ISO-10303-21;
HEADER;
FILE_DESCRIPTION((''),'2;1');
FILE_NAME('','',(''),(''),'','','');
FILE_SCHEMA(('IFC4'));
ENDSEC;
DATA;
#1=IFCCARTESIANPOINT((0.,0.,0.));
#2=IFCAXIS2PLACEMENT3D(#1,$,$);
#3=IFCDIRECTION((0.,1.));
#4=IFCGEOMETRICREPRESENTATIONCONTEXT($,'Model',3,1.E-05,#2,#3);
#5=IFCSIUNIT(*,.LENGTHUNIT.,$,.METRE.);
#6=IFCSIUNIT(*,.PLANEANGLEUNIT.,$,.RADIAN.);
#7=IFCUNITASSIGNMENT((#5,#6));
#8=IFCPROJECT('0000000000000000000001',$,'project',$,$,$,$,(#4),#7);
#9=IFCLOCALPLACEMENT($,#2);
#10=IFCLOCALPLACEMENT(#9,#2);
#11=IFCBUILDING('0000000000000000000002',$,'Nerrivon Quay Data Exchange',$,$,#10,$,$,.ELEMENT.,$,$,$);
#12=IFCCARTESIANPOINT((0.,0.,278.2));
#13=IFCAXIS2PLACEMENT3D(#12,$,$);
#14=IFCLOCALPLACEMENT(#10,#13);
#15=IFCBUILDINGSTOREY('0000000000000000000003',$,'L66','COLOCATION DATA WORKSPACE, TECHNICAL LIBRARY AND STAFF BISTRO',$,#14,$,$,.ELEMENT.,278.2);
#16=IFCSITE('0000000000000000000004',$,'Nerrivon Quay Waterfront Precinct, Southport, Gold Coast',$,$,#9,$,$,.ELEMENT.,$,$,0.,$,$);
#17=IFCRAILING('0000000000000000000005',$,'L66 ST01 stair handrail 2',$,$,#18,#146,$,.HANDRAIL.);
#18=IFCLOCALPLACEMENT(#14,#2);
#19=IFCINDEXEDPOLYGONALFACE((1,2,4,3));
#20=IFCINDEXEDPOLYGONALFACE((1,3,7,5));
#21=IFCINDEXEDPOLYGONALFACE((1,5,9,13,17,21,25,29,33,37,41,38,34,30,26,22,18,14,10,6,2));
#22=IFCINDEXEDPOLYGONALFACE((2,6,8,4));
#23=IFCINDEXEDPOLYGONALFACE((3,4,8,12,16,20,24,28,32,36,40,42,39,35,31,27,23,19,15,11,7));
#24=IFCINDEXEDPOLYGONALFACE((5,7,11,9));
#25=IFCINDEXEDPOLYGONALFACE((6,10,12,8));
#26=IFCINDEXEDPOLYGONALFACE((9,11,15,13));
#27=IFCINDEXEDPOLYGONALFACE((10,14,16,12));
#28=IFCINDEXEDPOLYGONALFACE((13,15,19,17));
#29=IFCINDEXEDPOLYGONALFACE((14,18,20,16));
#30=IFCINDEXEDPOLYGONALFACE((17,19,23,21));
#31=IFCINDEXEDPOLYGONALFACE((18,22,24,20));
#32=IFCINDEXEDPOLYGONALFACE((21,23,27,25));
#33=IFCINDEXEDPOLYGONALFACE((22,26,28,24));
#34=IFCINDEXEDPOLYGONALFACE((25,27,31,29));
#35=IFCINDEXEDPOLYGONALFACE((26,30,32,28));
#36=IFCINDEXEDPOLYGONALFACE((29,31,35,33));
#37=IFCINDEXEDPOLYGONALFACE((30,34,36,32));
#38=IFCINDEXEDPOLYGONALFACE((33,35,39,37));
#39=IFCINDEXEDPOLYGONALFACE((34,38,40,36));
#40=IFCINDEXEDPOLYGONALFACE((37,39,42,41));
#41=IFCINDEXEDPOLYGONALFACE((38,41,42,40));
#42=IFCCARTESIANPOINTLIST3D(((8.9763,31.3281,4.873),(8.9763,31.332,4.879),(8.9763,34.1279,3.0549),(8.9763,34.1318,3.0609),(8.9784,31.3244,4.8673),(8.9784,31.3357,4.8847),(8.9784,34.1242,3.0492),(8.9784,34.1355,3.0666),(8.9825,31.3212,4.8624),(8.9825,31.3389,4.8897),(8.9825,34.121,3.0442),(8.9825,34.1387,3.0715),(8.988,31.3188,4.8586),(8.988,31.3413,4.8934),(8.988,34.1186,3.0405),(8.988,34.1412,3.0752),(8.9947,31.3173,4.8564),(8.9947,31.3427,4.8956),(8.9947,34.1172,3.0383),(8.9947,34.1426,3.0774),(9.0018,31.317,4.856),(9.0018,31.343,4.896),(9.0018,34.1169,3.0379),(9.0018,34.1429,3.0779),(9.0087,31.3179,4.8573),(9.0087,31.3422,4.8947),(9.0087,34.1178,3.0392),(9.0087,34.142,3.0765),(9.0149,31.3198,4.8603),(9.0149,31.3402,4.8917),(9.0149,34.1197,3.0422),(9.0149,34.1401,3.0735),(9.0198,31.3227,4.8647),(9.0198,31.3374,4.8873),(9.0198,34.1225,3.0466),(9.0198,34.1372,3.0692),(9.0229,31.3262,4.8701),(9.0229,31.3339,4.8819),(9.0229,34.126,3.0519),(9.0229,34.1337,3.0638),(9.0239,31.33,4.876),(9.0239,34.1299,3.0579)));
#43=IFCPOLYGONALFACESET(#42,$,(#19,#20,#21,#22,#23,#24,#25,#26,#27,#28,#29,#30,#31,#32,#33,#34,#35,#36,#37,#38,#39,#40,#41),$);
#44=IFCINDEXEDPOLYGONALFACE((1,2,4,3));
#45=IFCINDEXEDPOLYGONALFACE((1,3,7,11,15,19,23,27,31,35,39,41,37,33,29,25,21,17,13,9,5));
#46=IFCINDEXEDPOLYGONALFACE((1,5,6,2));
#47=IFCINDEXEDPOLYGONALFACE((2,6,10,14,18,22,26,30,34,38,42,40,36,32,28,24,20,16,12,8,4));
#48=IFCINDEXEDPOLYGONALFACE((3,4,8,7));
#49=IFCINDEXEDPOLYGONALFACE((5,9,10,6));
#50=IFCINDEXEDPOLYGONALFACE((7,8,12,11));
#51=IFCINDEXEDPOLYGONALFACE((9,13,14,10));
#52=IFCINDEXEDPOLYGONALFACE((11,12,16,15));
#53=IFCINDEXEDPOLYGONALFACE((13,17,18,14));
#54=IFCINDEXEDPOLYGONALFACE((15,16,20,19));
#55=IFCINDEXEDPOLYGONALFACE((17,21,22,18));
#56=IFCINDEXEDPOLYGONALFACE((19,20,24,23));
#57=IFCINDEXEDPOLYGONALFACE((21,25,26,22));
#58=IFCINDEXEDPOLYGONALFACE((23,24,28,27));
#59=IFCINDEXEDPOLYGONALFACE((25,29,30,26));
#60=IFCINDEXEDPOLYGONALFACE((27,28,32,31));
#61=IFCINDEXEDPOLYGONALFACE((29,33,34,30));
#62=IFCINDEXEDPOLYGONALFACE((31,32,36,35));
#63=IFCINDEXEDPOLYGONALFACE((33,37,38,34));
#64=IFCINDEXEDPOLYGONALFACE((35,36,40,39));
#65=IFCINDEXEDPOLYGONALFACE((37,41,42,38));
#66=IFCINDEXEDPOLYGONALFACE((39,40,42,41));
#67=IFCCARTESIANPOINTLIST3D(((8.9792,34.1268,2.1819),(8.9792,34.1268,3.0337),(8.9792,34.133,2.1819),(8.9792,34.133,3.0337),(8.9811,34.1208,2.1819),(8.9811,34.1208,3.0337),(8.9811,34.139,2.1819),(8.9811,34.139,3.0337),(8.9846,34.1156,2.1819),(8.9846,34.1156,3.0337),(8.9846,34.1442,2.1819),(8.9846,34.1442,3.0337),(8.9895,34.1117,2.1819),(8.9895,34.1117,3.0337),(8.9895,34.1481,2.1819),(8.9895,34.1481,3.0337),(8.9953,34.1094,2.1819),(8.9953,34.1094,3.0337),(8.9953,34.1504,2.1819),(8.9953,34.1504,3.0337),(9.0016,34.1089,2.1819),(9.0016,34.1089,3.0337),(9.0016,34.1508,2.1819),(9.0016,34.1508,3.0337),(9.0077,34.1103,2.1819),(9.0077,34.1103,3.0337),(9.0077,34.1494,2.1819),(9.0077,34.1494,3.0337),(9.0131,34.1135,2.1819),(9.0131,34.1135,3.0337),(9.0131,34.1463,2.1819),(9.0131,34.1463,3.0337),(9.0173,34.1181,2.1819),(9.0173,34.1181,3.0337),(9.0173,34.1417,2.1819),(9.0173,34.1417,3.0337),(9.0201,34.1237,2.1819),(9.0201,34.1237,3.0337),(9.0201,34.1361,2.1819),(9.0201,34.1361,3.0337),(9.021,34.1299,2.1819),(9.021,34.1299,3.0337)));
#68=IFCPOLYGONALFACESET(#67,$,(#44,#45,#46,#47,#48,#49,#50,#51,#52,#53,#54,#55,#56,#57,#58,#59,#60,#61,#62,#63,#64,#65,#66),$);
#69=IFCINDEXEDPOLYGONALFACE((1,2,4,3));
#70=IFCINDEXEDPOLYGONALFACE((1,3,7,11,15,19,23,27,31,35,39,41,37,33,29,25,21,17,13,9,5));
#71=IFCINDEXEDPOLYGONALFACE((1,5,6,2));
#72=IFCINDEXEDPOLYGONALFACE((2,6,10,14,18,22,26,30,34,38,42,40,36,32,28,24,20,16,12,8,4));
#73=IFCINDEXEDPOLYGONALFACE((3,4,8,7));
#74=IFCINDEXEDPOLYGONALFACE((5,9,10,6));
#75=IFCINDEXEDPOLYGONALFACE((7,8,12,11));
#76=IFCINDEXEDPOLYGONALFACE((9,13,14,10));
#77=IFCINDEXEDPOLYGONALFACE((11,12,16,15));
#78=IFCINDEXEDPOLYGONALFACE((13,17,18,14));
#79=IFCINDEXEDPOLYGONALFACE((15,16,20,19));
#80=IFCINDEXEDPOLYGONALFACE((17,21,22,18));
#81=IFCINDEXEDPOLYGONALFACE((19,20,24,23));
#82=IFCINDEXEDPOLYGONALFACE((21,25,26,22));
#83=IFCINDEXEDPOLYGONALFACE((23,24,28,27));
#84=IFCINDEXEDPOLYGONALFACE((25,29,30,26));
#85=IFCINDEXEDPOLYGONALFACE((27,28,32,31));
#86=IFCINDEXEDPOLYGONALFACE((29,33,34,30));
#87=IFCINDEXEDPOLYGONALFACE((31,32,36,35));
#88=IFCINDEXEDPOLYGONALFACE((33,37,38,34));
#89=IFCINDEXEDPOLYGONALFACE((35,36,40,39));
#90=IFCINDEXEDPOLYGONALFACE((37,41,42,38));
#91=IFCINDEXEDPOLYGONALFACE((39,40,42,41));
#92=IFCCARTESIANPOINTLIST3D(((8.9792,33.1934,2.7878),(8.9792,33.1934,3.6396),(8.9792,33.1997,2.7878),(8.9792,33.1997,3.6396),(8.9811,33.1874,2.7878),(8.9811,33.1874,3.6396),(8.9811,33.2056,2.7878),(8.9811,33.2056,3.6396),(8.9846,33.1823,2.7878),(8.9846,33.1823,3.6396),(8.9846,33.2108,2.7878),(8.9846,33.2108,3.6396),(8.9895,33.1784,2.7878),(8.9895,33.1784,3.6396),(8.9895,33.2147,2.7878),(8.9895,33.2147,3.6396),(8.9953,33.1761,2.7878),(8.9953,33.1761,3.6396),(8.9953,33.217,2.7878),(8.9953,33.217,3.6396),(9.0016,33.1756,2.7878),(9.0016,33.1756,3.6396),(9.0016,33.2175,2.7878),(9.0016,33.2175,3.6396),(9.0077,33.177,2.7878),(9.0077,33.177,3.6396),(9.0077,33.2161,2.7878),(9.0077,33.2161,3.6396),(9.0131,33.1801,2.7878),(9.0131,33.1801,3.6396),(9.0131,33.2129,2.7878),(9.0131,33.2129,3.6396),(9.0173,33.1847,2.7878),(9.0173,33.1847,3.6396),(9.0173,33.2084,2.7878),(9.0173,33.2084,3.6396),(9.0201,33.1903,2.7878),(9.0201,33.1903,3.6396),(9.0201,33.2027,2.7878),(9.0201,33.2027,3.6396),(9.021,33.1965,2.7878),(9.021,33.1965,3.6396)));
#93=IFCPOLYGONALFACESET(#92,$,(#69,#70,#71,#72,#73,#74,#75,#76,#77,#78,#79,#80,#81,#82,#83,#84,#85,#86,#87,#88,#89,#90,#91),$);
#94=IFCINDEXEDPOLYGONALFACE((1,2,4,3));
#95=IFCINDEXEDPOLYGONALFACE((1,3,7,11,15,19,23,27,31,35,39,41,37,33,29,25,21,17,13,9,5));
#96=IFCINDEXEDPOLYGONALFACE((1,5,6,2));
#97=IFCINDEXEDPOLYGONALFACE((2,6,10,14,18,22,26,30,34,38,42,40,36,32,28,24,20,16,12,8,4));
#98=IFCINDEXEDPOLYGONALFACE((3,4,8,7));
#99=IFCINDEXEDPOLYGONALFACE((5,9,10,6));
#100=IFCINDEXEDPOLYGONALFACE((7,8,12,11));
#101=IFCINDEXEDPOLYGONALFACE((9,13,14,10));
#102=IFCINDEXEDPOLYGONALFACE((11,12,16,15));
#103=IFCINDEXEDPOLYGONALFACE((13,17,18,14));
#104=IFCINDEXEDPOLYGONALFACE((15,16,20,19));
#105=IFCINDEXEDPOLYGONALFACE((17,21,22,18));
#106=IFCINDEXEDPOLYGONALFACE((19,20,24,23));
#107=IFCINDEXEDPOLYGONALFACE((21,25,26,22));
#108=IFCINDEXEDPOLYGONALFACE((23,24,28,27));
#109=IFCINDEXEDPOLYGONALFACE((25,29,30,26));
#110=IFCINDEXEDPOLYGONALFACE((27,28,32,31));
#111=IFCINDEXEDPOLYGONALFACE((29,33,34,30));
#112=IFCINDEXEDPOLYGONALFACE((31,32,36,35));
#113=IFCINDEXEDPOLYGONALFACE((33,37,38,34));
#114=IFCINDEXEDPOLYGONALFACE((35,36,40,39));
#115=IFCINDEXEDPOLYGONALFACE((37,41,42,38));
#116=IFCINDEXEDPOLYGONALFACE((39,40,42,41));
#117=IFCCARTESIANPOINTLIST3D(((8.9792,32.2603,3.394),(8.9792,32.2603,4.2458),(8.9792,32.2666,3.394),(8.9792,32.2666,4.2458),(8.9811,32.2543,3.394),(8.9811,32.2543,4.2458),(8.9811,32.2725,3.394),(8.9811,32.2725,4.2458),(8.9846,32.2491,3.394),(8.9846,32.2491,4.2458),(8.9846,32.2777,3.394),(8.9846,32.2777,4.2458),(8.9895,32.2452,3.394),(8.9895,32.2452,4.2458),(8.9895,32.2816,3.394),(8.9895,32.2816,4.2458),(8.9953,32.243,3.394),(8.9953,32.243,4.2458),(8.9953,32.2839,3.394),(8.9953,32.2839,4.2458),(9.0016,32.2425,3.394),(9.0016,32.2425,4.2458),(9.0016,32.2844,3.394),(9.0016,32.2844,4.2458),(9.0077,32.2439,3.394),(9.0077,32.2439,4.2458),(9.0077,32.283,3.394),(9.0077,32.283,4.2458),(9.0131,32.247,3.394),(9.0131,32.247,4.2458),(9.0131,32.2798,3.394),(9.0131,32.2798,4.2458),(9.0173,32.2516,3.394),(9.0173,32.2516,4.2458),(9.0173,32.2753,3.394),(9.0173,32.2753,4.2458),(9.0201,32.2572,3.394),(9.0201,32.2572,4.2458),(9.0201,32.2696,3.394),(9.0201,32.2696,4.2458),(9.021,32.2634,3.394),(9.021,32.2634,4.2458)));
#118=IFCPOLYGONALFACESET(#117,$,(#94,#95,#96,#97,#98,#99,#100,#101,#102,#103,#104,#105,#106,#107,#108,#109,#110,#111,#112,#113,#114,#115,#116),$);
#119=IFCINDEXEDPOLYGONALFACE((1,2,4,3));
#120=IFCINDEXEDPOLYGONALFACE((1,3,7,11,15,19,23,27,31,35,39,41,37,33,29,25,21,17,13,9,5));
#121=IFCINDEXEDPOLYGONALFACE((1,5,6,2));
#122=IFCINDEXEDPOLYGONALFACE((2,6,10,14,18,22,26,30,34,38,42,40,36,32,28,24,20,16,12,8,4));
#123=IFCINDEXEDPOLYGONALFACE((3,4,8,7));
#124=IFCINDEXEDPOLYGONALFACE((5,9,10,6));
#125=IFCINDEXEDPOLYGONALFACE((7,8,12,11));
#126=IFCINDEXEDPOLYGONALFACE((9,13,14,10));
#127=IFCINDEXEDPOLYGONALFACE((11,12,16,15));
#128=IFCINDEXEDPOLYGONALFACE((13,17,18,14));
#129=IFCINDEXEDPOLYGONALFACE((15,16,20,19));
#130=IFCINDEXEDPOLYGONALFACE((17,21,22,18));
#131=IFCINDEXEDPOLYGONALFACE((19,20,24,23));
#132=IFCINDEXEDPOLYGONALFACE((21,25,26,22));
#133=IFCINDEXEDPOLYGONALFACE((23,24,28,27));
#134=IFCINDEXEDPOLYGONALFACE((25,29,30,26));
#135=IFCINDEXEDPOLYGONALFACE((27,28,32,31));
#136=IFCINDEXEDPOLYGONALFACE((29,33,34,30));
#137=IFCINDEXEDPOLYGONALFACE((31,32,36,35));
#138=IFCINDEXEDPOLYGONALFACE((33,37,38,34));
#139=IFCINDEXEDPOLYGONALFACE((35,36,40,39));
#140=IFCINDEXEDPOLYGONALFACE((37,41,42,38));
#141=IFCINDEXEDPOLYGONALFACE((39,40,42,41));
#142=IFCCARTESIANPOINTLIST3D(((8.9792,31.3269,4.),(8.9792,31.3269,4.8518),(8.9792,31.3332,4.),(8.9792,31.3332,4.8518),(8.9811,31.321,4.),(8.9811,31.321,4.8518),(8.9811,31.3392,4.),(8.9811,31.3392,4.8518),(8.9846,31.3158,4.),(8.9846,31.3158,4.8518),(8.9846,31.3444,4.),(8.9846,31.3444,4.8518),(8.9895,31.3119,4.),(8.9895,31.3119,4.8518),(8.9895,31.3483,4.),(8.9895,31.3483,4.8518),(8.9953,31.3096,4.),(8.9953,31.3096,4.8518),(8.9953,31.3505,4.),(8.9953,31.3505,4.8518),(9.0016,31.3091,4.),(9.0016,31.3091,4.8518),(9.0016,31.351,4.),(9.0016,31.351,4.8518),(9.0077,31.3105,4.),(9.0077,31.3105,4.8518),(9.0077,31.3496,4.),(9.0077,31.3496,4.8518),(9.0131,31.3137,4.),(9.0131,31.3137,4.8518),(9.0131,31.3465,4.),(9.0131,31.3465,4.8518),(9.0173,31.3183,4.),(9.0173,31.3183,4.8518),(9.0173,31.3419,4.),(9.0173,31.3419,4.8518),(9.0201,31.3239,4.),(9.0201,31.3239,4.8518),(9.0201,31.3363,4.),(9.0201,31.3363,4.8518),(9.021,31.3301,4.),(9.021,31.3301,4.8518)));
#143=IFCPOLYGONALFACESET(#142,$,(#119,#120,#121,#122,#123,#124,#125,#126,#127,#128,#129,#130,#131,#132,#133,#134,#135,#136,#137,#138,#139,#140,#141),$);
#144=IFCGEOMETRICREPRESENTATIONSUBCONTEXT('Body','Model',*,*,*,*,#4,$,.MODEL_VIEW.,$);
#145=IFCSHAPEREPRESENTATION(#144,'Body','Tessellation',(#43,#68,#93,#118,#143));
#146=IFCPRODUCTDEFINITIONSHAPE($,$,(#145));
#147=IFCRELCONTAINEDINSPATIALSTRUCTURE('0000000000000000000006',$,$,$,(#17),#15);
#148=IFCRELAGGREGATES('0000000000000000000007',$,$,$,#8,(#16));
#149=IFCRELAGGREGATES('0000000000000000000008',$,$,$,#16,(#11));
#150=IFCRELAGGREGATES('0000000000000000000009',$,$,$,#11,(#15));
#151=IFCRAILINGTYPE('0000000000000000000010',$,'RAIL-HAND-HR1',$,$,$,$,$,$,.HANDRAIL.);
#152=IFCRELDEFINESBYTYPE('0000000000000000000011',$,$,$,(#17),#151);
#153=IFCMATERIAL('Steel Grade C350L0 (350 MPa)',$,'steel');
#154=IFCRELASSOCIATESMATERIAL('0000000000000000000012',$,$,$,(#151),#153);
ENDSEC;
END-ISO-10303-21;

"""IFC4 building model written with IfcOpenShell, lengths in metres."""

from ifc_helpers import new_model, si_unit, direction, frame, origin, origin_2d, place, context, subcontext, project, spatial, circle, extrude, material, type_object, element, save


model = new_model("IFC4")

# Units and contexts
model_context = context("Model", 3, precision=1e-05, world=origin(), true_north=direction((0.0, 1.0)))
body_context = subcontext(model_context, "Body", "Model", "MODEL_VIEW")
ifc_project = project(units=[si_unit("LENGTHUNIT", "METRE"), si_unit("PLANEANGLEUNIT", "RADIAN")], contexts=[model_context])

# Site, building, storey
site_placement = place(None, origin())
site = spatial("IfcSite", under=ifc_project, at=site_placement, Name="Nerrivon Quay Waterfront Precinct, Southport, Gold Coast", CompositionType="ELEMENT", RefElevation=0.0)
building_placement = place(site_placement, origin())
building = spatial("IfcBuilding", under=site, at=building_placement, Name="Nerrivon Quay Data Exchange", CompositionType="ELEMENT")
storey_placement = place(building_placement, frame((0.0, 0.0, 278.2)))
storey = spatial("IfcBuildingStorey", under=building, at=storey_placement, Name="L66", Description="COLOCATION DATA WORKSPACE, TECHNICAL LIBRARY AND STAFF BISTRO", CompositionType="ELEMENT", Elevation=278.2)

# Shared definitions
ifc_material_1 = material(Name="Steel Grade C350L0 (350 MPa)", Category="steel")

# Railing
railing_type_1 = type_object("IfcRailingType", Name="RAIL-HAND-HR1", PredefinedType="HANDRAIL", material=ifc_material_1)
railing_1_placement = place(storey_placement, frame((9.0, 34.1299, 2.1819)))
element("IfcRailing", 1, at=railing_1_placement, inside=storey, type_object=railing_type_1, Name="L66 ST01 stair handrail 2", PredefinedType="HANDRAIL", context=body_context, shape_type="SweptSolid", body=[
    extrude(circle(Radius=0.0239, at=origin_2d()), frame((0.0, 0.0, 0.876), z_axis=(0.0, -0.838684, 0.544618), x_axis=(1.0, 0.0, 0.0)), (0.0, 0.0, 1.0), 3.3384),
    extrude(circle(Radius=0.021, at=origin_2d()), origin(), (0.0, 0.0, 1.0), 0.8518),
    extrude(circle(Radius=0.021, at=origin_2d()), frame((0.0, -0.9333, 0.606)), (0.0, 0.0, 1.0), 0.8518),
    extrude(circle(Radius=0.021, at=origin_2d()), frame((0.0, -1.8665, 1.2122)), (0.0, 0.0, 1.0), 0.8518),
    extrude(circle(Radius=0.021, at=origin_2d()), frame((0.0, -2.7998, 1.8181)), (0.0, 0.0, 1.0), 0.8518),
])

save(model, "model.ifc")
